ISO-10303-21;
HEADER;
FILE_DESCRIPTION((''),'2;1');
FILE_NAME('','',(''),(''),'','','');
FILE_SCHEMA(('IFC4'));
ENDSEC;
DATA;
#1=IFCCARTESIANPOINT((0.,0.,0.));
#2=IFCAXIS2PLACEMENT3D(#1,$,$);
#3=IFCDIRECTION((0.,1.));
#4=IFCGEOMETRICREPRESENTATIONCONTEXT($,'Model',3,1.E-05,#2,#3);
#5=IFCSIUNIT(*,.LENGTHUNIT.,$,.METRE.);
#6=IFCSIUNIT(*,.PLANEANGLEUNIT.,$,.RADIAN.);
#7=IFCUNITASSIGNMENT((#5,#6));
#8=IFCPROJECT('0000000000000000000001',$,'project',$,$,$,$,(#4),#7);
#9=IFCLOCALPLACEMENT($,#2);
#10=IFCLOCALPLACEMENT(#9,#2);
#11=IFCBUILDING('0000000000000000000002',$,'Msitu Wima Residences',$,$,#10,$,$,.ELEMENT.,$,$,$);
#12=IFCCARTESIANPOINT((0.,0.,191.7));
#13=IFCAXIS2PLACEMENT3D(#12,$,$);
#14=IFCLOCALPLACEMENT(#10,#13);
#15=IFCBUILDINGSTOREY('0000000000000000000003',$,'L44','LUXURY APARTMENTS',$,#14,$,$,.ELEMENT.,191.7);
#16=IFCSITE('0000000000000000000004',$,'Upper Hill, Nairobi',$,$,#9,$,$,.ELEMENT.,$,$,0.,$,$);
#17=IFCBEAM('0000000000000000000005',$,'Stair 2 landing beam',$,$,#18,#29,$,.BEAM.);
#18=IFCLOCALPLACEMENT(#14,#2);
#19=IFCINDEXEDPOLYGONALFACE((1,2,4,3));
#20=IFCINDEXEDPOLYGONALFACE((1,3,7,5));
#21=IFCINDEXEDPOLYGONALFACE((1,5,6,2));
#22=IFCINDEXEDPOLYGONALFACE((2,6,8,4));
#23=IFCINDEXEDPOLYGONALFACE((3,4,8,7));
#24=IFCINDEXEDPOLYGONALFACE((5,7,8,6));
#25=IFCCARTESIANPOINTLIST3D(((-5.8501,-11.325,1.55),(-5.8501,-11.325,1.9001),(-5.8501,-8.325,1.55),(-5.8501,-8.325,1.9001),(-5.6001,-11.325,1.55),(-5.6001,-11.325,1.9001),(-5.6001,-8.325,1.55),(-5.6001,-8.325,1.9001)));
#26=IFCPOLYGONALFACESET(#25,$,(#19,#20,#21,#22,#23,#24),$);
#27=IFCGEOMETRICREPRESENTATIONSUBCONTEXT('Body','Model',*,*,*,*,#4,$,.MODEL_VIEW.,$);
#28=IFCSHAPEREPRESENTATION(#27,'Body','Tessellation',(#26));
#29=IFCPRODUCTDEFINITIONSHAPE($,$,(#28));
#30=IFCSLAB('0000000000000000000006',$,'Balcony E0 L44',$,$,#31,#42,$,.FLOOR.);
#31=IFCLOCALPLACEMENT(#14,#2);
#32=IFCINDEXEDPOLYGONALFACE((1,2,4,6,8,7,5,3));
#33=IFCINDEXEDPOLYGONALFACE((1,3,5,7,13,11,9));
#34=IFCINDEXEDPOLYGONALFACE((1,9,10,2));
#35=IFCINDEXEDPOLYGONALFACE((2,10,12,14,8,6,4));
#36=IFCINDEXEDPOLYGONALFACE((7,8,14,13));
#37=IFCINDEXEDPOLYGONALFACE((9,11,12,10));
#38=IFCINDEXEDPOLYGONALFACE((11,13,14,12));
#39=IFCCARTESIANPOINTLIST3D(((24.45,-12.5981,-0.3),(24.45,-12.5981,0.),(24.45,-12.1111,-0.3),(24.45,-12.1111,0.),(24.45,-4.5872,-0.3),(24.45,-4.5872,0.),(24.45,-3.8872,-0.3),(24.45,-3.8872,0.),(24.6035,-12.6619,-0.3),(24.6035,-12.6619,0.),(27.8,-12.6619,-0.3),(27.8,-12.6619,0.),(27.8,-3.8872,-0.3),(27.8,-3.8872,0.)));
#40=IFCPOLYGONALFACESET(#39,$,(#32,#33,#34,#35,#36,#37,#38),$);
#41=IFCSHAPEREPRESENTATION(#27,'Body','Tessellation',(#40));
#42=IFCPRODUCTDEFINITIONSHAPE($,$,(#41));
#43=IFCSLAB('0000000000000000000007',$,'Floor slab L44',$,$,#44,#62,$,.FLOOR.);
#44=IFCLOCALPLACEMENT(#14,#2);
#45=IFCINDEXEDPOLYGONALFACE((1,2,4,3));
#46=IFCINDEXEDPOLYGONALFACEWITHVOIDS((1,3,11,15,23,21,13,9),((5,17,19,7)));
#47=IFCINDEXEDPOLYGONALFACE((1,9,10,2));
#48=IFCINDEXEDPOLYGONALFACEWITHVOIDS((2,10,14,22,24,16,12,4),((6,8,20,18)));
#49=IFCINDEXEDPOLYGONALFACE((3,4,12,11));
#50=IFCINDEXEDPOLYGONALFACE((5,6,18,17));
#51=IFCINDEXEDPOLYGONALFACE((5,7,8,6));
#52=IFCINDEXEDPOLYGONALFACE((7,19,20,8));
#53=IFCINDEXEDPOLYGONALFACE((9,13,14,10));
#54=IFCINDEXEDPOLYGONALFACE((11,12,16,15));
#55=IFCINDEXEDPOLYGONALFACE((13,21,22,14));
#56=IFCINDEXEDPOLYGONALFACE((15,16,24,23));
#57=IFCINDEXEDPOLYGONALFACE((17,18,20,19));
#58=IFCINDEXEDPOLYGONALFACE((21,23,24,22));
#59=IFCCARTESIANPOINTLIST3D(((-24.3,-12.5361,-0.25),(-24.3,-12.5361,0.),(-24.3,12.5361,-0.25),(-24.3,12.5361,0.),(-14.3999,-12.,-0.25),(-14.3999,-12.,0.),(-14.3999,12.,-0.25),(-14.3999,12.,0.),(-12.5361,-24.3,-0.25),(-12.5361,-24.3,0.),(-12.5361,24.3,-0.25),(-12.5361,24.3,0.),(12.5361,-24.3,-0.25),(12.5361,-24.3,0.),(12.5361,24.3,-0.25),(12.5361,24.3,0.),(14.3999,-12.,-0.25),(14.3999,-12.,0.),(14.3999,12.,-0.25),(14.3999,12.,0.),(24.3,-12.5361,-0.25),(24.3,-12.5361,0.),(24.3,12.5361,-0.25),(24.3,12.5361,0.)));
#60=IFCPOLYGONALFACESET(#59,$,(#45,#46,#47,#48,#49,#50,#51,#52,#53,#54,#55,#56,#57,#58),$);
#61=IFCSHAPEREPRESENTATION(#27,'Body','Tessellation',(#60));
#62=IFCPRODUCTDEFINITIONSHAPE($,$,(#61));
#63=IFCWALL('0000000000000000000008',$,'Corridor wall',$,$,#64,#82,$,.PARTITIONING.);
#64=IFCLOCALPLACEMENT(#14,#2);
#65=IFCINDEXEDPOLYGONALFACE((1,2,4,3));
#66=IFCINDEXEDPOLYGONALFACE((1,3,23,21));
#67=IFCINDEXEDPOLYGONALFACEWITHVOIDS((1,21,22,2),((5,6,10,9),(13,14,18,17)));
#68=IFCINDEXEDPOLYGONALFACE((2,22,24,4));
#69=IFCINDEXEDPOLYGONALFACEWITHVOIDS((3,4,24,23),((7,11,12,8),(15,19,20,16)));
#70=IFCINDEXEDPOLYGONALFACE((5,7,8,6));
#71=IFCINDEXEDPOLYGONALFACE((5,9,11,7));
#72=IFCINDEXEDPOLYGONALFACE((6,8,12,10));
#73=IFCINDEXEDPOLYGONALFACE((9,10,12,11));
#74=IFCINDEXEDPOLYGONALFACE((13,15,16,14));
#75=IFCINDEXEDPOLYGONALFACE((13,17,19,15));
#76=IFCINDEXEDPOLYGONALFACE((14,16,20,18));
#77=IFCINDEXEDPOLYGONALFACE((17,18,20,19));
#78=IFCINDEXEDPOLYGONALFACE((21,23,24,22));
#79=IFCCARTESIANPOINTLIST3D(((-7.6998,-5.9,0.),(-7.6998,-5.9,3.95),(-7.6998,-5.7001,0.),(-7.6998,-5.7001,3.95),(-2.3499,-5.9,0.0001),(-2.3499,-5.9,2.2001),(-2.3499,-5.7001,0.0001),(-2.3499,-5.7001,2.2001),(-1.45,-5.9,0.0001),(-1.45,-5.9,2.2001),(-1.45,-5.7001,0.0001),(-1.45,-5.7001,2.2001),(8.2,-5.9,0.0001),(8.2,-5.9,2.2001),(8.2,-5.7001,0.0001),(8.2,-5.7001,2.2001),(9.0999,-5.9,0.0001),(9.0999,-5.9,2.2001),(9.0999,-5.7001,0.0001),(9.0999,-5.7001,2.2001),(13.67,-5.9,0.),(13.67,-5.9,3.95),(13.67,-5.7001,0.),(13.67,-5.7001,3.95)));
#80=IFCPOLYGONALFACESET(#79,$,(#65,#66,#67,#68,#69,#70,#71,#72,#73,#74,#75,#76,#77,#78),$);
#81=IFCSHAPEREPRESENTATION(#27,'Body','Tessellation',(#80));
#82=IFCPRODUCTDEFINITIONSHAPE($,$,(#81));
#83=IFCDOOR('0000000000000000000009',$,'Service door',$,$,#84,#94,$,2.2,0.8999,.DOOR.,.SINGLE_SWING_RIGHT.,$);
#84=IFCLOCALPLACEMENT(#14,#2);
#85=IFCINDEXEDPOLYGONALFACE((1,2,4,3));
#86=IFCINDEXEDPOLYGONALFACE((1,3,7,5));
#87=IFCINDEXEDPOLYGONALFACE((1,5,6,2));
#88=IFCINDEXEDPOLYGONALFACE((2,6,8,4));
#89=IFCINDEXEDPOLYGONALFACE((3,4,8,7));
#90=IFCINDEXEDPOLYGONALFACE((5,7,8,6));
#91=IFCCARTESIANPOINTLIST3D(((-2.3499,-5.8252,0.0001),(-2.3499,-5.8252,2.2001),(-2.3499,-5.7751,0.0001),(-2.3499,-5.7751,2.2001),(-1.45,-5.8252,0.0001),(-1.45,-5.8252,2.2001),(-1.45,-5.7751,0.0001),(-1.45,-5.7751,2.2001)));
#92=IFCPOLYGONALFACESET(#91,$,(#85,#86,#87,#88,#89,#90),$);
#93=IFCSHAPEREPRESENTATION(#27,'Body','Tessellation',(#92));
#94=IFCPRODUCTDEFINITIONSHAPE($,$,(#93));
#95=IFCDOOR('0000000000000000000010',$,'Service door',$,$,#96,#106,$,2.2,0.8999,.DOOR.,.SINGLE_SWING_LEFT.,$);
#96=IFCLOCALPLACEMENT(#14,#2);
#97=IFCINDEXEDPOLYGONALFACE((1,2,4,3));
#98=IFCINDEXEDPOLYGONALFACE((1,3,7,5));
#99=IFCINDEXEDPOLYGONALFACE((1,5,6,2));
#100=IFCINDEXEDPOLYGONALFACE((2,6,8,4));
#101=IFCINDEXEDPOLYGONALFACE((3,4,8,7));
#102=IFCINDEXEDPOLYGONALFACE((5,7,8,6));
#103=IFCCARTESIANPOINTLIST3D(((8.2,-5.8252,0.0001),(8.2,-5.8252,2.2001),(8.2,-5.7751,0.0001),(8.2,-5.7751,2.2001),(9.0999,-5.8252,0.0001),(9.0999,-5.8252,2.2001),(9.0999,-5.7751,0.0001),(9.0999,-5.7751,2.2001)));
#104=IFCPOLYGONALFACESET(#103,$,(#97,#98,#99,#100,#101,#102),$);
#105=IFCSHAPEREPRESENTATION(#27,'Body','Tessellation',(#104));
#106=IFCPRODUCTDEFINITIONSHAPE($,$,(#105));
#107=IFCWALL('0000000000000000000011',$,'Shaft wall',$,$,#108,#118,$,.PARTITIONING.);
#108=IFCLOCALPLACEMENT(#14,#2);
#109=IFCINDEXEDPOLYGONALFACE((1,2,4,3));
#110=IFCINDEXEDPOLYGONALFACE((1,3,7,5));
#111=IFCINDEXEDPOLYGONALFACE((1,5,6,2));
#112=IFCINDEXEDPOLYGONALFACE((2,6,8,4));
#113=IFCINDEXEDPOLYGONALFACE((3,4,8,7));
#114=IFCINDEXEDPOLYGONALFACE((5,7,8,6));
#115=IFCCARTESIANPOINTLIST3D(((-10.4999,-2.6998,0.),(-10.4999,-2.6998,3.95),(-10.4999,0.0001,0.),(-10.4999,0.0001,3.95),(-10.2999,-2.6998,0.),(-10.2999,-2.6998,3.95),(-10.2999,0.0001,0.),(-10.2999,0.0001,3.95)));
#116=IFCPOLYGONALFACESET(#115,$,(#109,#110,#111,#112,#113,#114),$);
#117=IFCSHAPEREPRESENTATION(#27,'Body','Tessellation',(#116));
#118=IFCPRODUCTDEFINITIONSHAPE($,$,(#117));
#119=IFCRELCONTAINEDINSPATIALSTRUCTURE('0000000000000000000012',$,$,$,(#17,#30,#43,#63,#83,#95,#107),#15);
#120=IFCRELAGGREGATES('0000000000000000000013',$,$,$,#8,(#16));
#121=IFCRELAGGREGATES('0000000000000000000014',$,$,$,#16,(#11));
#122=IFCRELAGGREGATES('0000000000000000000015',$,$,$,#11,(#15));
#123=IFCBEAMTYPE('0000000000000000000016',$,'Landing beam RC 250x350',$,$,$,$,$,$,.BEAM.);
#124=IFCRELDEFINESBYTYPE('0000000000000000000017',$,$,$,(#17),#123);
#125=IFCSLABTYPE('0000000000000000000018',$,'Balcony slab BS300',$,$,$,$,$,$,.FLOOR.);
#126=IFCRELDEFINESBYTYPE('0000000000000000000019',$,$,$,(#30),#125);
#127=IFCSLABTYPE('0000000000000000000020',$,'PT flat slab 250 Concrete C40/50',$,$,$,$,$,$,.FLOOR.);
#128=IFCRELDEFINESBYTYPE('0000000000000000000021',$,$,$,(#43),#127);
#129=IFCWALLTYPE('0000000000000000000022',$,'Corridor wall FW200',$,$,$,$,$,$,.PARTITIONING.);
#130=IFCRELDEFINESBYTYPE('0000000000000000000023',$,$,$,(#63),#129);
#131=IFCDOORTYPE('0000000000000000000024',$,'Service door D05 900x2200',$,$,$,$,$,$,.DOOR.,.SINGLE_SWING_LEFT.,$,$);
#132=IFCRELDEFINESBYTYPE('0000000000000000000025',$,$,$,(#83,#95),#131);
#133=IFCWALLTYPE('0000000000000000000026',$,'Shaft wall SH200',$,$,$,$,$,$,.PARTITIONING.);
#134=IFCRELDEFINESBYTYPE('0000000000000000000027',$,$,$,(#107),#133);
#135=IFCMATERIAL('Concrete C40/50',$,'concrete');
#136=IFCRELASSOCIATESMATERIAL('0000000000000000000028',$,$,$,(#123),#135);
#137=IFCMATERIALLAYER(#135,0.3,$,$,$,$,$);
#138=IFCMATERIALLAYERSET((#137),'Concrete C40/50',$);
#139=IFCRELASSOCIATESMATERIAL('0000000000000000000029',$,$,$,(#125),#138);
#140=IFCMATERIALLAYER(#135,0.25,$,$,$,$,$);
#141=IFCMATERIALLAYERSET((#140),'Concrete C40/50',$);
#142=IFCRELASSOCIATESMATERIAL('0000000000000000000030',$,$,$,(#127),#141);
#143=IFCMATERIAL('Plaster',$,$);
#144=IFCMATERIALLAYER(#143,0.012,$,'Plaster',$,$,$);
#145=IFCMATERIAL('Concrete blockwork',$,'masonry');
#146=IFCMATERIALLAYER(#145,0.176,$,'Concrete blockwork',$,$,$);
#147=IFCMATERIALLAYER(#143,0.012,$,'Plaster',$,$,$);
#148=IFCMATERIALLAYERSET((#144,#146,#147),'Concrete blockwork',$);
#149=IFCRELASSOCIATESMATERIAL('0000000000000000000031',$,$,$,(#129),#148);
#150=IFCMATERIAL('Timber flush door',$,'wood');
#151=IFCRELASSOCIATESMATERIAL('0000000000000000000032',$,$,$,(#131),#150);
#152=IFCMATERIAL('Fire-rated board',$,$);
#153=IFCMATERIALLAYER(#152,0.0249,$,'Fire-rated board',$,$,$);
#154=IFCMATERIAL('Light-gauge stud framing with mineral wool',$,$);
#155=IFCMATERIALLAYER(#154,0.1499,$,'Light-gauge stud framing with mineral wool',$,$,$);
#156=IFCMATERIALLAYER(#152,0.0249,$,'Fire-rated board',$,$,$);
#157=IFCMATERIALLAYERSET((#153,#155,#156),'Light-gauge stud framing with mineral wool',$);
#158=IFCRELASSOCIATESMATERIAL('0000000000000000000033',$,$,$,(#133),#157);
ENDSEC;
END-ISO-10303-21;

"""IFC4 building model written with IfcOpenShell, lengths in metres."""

from ifc_helpers import new_model, si_unit, direction, frame, frame_2d, origin, origin_2d, place, context, subcontext, project, spatial, polyline, rectangle, outline, extrude, material, layer, layer_set, material_profile, profile_set, type_object, element, fill, save


model = new_model("IFC4")

# Units and contexts
model_context = context("Model", 3, precision=1e-05, world=origin(), true_north=direction((0.0, 1.0)))
body_context = subcontext(model_context, "Body", "Model", "MODEL_VIEW")
ifc_project = project(units=[si_unit("LENGTHUNIT", "METRE"), si_unit("PLANEANGLEUNIT", "RADIAN")], contexts=[model_context])

# Site, building, storey
site_placement = place(None, origin())
site = spatial("IfcSite", under=ifc_project, at=site_placement, Name="Upper Hill, Nairobi", CompositionType="ELEMENT", RefElevation=0.0)
building_placement = place(site_placement, origin())
building = spatial("IfcBuilding", under=site, at=building_placement, Name="Msitu Wima Residences", CompositionType="ELEMENT")
storey_placement = place(building_placement, frame((0.0, 0.0, 191.7)))
storey = spatial("IfcBuildingStorey", under=building, at=storey_placement, Name="L44", Description="LUXURY APARTMENTS", CompositionType="ELEMENT", Elevation=191.7)

# Beam
ifc_material_1 = material(Name="Concrete C40/50", Category="concrete")
ifc_material_profile = material_profile(ifc_material_1, rectangle(XDim=0.25, YDim=0.3501, at=origin_2d()), Name="RC 250x350")
ifc_profile_set = profile_set([ifc_material_profile], Name="Concrete C40/50")
beam_type = type_object("IfcBeamType", Name="Landing beam RC 250x350", PredefinedType="BEAM", material=ifc_profile_set)
beam_placement = place(storey_placement, frame((-5.7251, -11.325, 1.7251), z_axis=(0.0, 1.0, 0.0), x_axis=(-1.0, 0.0, 0.0)))
element("IfcBeam", 1, at=beam_placement, inside=storey, type_object=beam_type, Name="Stair 2 landing beam", PredefinedType="BEAM", context=body_context, shape_type="SweptSolid", body=[
    extrude(rectangle(XDim=0.25, YDim=0.3501, at=origin_2d()), origin(), (0.0, 0.0, 1.0), 3.0),
])

# Slabs
ifc_layer_1 = layer(ifc_material_1, 0.3)
ifc_layer_set_1 = layer_set([ifc_layer_1], Name="Concrete C40/50")
slab_type_1 = type_object("IfcSlabType", Name="Balcony slab BS300", PredefinedType="FLOOR", material=ifc_layer_set_1)
slab_1_placement = place(storey_placement, frame((0.0, 0.0, -0.3)))
element("IfcSlab", 2, at=slab_1_placement, inside=storey, type_object=slab_type_1, Name="Balcony E0 L44", PredefinedType="FLOOR", context=body_context, shape_type="SweptSolid", body=[
    extrude(outline(polyline([(24.45, -12.1111), (24.45, -12.1111), (24.45, -4.5872), (24.45, -4.5872), (24.45, -3.8872), (27.8, -3.8872), (27.8, -12.6619), (24.6035, -12.6619), (24.45, -12.5981), (24.45, -12.1111), (24.45, -12.1111)])), origin(), (0.0, 0.0, 1.0), 0.3),
])
ifc_layer_2 = layer(ifc_material_1, 0.25)
ifc_layer_set_2 = layer_set([ifc_layer_2], Name="Concrete C40/50")
slab_type_2 = type_object("IfcSlabType", Name="PT flat slab 250 Concrete C40/50", PredefinedType="FLOOR", material=ifc_layer_set_2)
slab_2_placement = place(storey_placement, frame((0.0, 0.0, -0.25)))
element("IfcSlab", 3, at=slab_2_placement, inside=storey, type_object=slab_type_2, Name="Floor slab L44", PredefinedType="FLOOR", context=body_context, shape_type="SweptSolid", body=[
    extrude(outline(polyline([(24.3, -12.5361), (12.5361, -24.3), (-12.5361, -24.3), (-24.3, -12.5361), (-24.3, 12.5361), (-12.5361, 24.3), (12.5361, 24.3), (24.3, 12.5361), (24.3, -12.5361)]), holes=[polyline([(-14.3999, -12.0), (14.3999, -12.0), (14.3999, 12.0), (-14.3999, 12.0), (-14.3999, -12.0)])]), origin(), (0.0, 0.0, 1.0), 0.25),
])

# Shared definitions
ifc_material_2 = material(Name="Plaster")
ifc_layer_3 = layer(ifc_material_2, 0.012, Name="Plaster")
ifc_material_3 = material(Name="Concrete blockwork", Category="masonry")
ifc_layer_4 = layer(ifc_material_3, 0.176, Name="Concrete blockwork")
ifc_layer_5 = layer(ifc_material_2, 0.012, Name="Plaster")
ifc_layer_set_3 = layer_set([ifc_layer_3, ifc_layer_4, ifc_layer_5], Name="Concrete blockwork")
wall_type_1 = type_object("IfcWallType", Name="Corridor wall FW200", PredefinedType="PARTITIONING", material=ifc_layer_set_3)

# Wall, openings, doors
wall_1_placement = place(storey_placement, frame((-7.7, -5.8, 0.0), z_axis=(0.0, 0.0, 1.0), x_axis=(1.0, 0.0, 0.0)))
wall_1 = element("IfcWall", 4, at=wall_1_placement, inside=storey, type_object=wall_type_1, Name="Corridor wall", PredefinedType="PARTITIONING", context=body_context, shape_type="SweptSolid", body=[
    extrude(rectangle(XDim=21.3699, YDim=0.2, at=frame_2d((10.6851, 0.0))), origin(), (0.0, 0.0, 1.0), 3.95),
])
opening_1_placement = place(wall_1_placement, frame((5.3501, 0.0, 0.0)))
opening_1 = element("IfcOpeningElement", 5, at=opening_1_placement, cuts=wall_1, PredefinedType="OPENING", context=body_context, shape_type="SweptSolid", body=[
    extrude(rectangle(XDim=0.8999, YDim=2.2, at=frame_2d((0.45, 1.1001))), frame((0.0, 0.1099, 0.0), z_axis=(0.0, -1.0, 0.0), x_axis=(1.0, 0.0, 0.0)), (0.0, 0.0, 1.0), 0.22),
])
opening_2_placement = place(wall_1_placement, frame((15.8999, 0.0, 0.0)))
opening_2 = element("IfcOpeningElement", 6, at=opening_2_placement, cuts=wall_1, PredefinedType="OPENING", context=body_context, shape_type="SweptSolid", body=[
    extrude(rectangle(XDim=0.8999, YDim=2.2, at=frame_2d((0.45, 1.1001))), frame((0.0, 0.1099, 0.0), z_axis=(0.0, -1.0, 0.0), x_axis=(1.0, 0.0, 0.0)), (0.0, 0.0, 1.0), 0.22),
])
ifc_material_4 = material(Name="Timber flush door", Category="wood")
door_type_1 = type_object("IfcDoorType", Name="Service door D05 900x2200", OperationType="SINGLE_SWING_LEFT", PredefinedType="DOOR", material=ifc_material_4)
door_1_placement = place(opening_1_placement, origin())
door_1 = element("IfcDoor", 7, at=door_1_placement, inside=storey, type_object=door_type_1, Name="Service door", OperationType="SINGLE_SWING_RIGHT", OverallHeight=2.2, OverallWidth=0.8999, PredefinedType="DOOR", context=body_context, shape_type="SweptSolid", body=[
    extrude(rectangle(XDim=0.8999, YDim=2.2, at=frame_2d((0.45, 1.1001))), frame((0.0, 0.0249, 0.0), z_axis=(0.0, -1.0, 0.0), x_axis=(1.0, 0.0, 0.0)), (0.0, 0.0, 1.0), 0.05),
])
fill(opening_1, door_1)
door_2_placement = place(opening_2_placement, origin())
door_2 = element("IfcDoor", 8, at=door_2_placement, inside=storey, type_object=door_type_1, Name="Service door", OperationType="SINGLE_SWING_LEFT", OverallHeight=2.2, OverallWidth=0.8999, PredefinedType="DOOR", context=body_context, shape_type="SweptSolid", body=[
    extrude(rectangle(XDim=0.8999, YDim=2.2, at=frame_2d((0.45, 1.1001))), frame((0.0, 0.0249, 0.0), z_axis=(0.0, -1.0, 0.0), x_axis=(1.0, 0.0, 0.0)), (0.0, 0.0, 1.0), 0.05),
])
fill(opening_2, door_2)

# Wall
ifc_material_5 = material(Name="Fire-rated board")
ifc_layer_6 = layer(ifc_material_5, 0.0249, Name="Fire-rated board")
ifc_material_6 = material(Name="Light-gauge stud framing with mineral wool")
ifc_layer_7 = layer(ifc_material_6, 0.1499, Name="Light-gauge stud framing with mineral wool")
ifc_layer_8 = layer(ifc_material_5, 0.0249, Name="Fire-rated board")
ifc_layer_set_4 = layer_set([ifc_layer_6, ifc_layer_7, ifc_layer_8], Name="Light-gauge stud framing with mineral wool")
wall_type_2 = type_object("IfcWallType", Name="Shaft wall SH200", PredefinedType="PARTITIONING", material=ifc_layer_set_4)
wall_2_placement = place(storey_placement, frame((-10.3999, -2.7, 0.0), z_axis=(0.0, 0.0, 1.0), x_axis=(0.0, 1.0, 0.0)))
element("IfcWall", 9, at=wall_2_placement, inside=storey, type_object=wall_type_2, Name="Shaft wall", PredefinedType="PARTITIONING", context=body_context, shape_type="SweptSolid", body=[
    extrude(rectangle(XDim=2.7, YDim=0.2, at=frame_2d((1.3501, 0.0))), origin(), (0.0, 0.0, 1.0), 3.95),
])

save(model, "model.ifc")
